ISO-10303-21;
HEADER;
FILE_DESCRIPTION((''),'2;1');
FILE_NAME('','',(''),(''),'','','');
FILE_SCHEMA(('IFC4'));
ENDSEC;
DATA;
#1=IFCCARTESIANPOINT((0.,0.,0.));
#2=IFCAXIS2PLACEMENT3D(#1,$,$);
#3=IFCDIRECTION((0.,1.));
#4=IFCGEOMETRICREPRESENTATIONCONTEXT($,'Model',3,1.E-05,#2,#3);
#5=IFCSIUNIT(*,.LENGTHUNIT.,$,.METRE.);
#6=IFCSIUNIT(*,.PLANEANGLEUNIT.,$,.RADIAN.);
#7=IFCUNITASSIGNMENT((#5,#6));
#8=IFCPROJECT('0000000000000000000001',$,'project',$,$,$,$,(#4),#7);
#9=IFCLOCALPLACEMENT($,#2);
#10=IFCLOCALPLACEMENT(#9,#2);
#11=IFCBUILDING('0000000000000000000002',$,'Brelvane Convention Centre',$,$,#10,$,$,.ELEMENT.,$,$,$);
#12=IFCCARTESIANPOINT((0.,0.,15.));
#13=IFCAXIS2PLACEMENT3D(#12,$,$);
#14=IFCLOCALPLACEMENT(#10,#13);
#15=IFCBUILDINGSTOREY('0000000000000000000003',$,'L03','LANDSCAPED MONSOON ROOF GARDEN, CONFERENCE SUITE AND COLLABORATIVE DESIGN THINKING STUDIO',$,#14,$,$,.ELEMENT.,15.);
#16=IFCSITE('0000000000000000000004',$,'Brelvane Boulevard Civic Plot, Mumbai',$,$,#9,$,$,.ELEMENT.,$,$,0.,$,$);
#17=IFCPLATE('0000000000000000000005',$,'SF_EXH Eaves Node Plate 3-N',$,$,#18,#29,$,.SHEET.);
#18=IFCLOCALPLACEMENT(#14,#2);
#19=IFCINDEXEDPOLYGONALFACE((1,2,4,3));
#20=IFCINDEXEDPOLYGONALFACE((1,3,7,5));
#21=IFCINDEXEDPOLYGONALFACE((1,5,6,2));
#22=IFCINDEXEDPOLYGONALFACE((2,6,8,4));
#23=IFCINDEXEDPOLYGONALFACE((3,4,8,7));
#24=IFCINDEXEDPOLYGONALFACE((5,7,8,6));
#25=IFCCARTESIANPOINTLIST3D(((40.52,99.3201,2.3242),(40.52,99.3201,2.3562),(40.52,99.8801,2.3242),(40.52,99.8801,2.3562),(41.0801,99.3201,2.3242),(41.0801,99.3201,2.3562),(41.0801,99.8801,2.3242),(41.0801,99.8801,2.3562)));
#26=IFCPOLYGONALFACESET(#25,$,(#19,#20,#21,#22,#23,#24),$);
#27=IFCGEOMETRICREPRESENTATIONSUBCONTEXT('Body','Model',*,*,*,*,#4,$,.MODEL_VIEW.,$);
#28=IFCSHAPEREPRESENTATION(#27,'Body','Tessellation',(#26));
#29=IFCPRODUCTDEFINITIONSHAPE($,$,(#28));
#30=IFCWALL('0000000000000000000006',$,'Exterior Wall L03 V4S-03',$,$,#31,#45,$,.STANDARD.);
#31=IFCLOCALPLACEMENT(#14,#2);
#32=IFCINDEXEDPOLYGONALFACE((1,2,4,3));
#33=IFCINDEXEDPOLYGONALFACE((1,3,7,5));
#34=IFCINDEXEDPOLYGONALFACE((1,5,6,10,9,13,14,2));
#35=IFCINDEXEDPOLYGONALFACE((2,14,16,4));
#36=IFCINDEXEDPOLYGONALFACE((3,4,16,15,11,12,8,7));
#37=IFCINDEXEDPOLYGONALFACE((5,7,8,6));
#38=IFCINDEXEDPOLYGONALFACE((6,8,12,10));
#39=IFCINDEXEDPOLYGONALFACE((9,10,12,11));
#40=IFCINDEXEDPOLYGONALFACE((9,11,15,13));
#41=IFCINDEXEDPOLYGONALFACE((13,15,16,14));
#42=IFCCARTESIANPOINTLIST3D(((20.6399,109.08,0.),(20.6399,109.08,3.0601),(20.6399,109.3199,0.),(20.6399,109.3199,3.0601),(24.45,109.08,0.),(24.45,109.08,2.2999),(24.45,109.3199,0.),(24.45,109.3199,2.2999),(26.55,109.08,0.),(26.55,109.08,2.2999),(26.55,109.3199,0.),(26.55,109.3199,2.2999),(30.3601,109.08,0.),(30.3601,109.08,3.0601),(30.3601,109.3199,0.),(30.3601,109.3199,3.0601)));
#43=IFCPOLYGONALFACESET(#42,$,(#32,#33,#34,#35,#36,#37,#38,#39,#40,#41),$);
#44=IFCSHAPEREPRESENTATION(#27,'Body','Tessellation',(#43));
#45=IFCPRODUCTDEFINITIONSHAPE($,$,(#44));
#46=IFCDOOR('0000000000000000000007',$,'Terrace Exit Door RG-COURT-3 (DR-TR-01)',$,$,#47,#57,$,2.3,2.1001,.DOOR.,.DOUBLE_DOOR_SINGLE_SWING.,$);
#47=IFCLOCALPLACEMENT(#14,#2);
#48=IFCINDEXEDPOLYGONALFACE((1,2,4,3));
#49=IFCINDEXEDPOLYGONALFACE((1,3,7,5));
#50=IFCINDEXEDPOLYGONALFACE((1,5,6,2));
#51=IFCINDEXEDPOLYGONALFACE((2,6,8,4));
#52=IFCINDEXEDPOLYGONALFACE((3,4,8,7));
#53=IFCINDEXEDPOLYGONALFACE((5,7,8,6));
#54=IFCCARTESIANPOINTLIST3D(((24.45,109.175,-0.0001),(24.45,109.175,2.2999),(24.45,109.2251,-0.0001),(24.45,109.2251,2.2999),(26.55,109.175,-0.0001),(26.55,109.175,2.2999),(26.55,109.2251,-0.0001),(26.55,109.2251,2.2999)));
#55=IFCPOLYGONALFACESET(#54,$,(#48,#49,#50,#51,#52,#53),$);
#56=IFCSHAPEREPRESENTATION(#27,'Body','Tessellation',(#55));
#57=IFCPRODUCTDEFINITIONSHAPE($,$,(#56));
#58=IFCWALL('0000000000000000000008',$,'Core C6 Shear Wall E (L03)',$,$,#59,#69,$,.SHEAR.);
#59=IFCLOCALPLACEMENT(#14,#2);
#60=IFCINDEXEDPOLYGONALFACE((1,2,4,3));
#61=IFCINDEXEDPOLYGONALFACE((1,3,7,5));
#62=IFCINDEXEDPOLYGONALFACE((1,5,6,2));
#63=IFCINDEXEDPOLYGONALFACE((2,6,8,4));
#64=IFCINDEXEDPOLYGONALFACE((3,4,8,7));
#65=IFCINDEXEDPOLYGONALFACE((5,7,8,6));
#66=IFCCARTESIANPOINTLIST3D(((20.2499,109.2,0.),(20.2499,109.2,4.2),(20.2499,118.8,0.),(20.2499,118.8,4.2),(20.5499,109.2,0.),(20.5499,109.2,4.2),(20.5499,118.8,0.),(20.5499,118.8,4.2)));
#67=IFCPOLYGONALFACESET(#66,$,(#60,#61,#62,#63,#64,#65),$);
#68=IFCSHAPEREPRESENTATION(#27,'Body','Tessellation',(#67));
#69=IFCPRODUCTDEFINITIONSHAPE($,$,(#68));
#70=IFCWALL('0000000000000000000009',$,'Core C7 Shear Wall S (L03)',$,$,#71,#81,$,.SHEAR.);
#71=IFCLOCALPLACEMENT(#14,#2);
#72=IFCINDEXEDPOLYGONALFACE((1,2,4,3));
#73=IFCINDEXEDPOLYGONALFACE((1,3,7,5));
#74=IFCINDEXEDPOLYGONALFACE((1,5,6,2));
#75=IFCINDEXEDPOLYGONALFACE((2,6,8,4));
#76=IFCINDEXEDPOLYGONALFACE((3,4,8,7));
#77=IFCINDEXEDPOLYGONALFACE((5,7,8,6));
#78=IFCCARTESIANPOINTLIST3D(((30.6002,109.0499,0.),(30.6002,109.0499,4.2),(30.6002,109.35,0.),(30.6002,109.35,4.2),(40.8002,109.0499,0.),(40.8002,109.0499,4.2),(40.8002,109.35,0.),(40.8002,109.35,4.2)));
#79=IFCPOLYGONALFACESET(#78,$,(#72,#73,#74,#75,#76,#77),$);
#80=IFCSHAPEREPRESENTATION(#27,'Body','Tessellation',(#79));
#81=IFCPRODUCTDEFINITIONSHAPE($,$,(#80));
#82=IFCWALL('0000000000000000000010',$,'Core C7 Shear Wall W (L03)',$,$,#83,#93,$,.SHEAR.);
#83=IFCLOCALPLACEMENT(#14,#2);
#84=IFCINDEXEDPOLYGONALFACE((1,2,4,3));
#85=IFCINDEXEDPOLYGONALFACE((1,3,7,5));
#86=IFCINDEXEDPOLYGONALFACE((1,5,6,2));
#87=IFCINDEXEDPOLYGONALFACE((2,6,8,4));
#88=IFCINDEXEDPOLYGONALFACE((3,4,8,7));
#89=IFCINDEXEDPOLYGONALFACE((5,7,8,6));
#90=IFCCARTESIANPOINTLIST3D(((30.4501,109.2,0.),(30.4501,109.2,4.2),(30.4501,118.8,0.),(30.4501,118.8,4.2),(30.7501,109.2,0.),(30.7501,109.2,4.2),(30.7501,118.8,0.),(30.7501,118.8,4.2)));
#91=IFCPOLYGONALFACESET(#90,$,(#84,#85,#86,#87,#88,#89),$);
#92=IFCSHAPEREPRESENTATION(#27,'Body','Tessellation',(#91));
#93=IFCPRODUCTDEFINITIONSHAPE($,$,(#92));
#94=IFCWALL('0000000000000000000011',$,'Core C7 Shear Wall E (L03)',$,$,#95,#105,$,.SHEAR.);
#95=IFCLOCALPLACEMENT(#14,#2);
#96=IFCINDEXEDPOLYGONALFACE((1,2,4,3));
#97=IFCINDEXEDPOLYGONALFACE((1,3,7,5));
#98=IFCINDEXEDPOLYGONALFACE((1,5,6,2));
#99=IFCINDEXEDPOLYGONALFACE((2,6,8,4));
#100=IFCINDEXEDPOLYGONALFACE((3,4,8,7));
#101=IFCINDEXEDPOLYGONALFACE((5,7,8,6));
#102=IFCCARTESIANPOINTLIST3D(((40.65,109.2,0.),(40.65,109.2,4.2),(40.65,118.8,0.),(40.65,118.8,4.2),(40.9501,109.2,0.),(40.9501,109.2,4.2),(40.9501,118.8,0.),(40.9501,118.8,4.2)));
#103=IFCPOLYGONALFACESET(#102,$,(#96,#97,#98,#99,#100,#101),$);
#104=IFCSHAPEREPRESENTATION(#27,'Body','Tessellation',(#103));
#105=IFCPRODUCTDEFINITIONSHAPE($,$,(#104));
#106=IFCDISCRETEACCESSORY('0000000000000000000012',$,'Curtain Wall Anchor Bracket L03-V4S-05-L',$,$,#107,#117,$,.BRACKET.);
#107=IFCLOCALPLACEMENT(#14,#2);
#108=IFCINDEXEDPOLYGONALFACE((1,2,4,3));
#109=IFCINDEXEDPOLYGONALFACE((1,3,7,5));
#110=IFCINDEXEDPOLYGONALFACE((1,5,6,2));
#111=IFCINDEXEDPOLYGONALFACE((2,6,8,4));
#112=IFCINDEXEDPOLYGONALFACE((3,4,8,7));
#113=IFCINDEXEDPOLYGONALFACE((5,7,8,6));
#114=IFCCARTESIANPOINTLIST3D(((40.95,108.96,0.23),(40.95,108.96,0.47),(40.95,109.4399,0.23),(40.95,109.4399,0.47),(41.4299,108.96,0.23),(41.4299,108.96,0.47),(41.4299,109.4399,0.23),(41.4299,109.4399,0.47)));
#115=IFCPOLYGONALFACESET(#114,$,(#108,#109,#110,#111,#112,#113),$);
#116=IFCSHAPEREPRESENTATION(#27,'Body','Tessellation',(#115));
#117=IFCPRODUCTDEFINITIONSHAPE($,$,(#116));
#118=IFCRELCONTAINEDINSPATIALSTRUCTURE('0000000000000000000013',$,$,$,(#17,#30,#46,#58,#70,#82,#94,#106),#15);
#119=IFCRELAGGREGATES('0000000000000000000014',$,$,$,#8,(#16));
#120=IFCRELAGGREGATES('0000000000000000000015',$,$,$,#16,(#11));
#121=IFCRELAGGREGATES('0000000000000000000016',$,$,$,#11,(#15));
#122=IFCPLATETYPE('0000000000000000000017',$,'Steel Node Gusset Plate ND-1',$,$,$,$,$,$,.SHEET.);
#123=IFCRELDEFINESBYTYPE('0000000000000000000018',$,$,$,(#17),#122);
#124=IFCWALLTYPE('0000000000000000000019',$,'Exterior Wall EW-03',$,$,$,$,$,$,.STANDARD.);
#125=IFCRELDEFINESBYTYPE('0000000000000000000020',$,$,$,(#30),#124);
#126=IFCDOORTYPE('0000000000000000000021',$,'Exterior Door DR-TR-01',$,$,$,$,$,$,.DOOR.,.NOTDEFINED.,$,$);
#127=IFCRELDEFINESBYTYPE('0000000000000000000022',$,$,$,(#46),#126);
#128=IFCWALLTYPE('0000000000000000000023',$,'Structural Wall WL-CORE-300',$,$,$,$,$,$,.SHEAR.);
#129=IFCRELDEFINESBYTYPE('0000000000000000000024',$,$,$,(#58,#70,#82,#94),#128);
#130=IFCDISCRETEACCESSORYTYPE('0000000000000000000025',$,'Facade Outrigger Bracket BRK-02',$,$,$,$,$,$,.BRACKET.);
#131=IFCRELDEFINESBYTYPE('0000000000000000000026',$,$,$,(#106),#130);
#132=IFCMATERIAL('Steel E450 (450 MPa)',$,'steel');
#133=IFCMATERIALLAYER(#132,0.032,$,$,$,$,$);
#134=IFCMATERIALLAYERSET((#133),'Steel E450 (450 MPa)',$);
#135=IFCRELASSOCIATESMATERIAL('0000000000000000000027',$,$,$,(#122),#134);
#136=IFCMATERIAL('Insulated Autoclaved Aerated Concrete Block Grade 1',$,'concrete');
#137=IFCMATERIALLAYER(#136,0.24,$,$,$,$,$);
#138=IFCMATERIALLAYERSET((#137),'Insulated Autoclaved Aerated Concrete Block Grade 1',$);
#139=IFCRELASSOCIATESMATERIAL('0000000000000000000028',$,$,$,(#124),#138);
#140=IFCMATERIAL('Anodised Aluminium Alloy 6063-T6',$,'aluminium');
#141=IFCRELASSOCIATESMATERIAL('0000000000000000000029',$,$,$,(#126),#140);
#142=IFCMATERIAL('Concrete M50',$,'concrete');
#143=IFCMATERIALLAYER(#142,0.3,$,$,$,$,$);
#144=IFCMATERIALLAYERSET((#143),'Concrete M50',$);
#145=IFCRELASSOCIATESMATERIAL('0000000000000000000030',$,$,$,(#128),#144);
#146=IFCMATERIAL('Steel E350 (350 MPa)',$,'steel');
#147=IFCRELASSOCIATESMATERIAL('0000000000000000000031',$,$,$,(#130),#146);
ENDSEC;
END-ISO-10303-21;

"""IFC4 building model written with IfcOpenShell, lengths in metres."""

from ifc_helpers import new_model, si_unit, direction, frame, frame_2d, origin, origin_2d, place, context, subcontext, project, spatial, rectangle, extrude, material, layer, layer_set, type_object, element, fill, save


model = new_model("IFC4")

# Units and contexts
model_context = context("Model", 3, precision=1e-05, world=origin(), true_north=direction((0.0, 1.0)))
body_context = subcontext(model_context, "Body", "Model", "MODEL_VIEW")
ifc_project = project(units=[si_unit("LENGTHUNIT", "METRE"), si_unit("PLANEANGLEUNIT", "RADIAN")], contexts=[model_context])

# Site, building, storey
site_placement = place(None, origin())
site = spatial("IfcSite", under=ifc_project, at=site_placement, Name="Brelvane Boulevard Civic Plot, Mumbai", CompositionType="ELEMENT", RefElevation=0.0)
building_placement = place(site_placement, origin())
building = spatial("IfcBuilding", under=site, at=building_placement, Name="Brelvane Convention Centre", CompositionType="ELEMENT")
storey_placement = place(building_placement, frame((0.0, 0.0, 15.0)))
storey = spatial("IfcBuildingStorey", under=building, at=storey_placement, Name="L03", Description="LANDSCAPED MONSOON ROOF GARDEN, CONFERENCE SUITE AND COLLABORATIVE DESIGN THINKING STUDIO", CompositionType="ELEMENT", Elevation=15.0)

# Plate
ifc_material_1 = material(Name="Steel E450 (450 MPa)", Category="steel")
ifc_layer_1 = layer(ifc_material_1, 0.032)
ifc_layer_set_1 = layer_set([ifc_layer_1], Name="Steel E450 (450 MPa)")
plate_type = type_object("IfcPlateType", Name="Steel Node Gusset Plate ND-1", PredefinedType="SHEET", material=ifc_layer_set_1)
for number, where, z_axis, x_axis, name in (
    (1, (40.8, 99.6001, 2.3242), (0.0, 0.0, 1.0), (1.0, 0.0, 0.0), "SF_EXH Eaves Node Plate 3-N"),
):
    element("IfcPlate", number, at=place(storey_placement, frame(where, z_axis=z_axis, x_axis=x_axis)), inside=storey, type_object=plate_type, Name=name, PredefinedType="SHEET", context=body_context, shape_type="SweptSolid", body=[
        extrude(rectangle(XDim=0.5601, YDim=0.5601, at=origin_2d()), origin(), (0.0, 0.0, 1.0), 0.032),
    ])

# Wall, opening, door
ifc_material_2 = material(Name="Insulated Autoclaved Aerated Concrete Block Grade 1", Category="concrete")
ifc_layer_2 = layer(ifc_material_2, 0.24)
ifc_layer_set_2 = layer_set([ifc_layer_2], Name="Insulated Autoclaved Aerated Concrete Block Grade 1")
wall_type_1 = type_object("IfcWallType", Name="Exterior Wall EW-03", PredefinedType="STANDARD", material=ifc_layer_set_2)
wall_1_placement = place(storey_placement, frame((20.6399, 109.2, 0.0), z_axis=(0.0, 0.0, 1.0), x_axis=(1.0, 0.0, 0.0)))
wall_1 = element("IfcWall", 2, at=wall_1_placement, inside=storey, type_object=wall_type_1, Name="Exterior Wall L03 V4S-03", PredefinedType="STANDARD", context=body_context, shape_type="SweptSolid", body=[
    extrude(rectangle(XDim=9.7202, YDim=0.24, at=frame_2d((4.8601, 0.0))), origin(), (0.0, 0.0, 1.0), 3.0601),
])
opening_placement = place(wall_1_placement, frame((3.8101, 0.0, 0.0)))
opening = element("IfcOpeningElement", 3, at=opening_placement, cuts=wall_1, PredefinedType="OPENING", context=body_context, shape_type="SweptSolid", body=[
    extrude(rectangle(XDim=2.1001, YDim=2.3, at=frame_2d((1.05, 1.1499))), frame((0.0, 0.1299, 0.0), z_axis=(0.0, -1.0, 0.0), x_axis=(1.0, 0.0, 0.0)), (0.0, 0.0, 1.0), 0.26),
])
ifc_material_3 = material(Name="Anodised Aluminium Alloy 6063-T6", Category="aluminium")
door_type = type_object("IfcDoorType", Name="Exterior Door DR-TR-01", OperationType="NOTDEFINED", PredefinedType="DOOR", material=ifc_material_3)
door_placement = place(opening_placement, frame((2.1001, 0.0, 0.0), z_axis=(0.0, 0.0, 1.0), x_axis=(-1.0, 0.0, 0.0)))
door = element("IfcDoor", 4, at=door_placement, inside=storey, type_object=door_type, Name="Terrace Exit Door RG-COURT-3 (DR-TR-01)", OperationType="DOUBLE_DOOR_SINGLE_SWING", OverallHeight=2.3, OverallWidth=2.1001, PredefinedType="DOOR", context=body_context, shape_type="SweptSolid", body=[
    extrude(rectangle(XDim=2.1001, YDim=2.3, at=frame_2d((1.05, 1.1499))), frame((0.0, 0.0249, 0.0), z_axis=(0.0, -1.0, 0.0), x_axis=(1.0, 0.0, 0.0)), (0.0, 0.0, 1.0), 0.05),
])
fill(opening, door)

# Walls
ifc_material_4 = material(Name="Concrete M50", Category="concrete")
ifc_layer_3 = layer(ifc_material_4, 0.3)
ifc_layer_set_3 = layer_set([ifc_layer_3], Name="Concrete M50")
wall_type_2 = type_object("IfcWallType", Name="Structural Wall WL-CORE-300", PredefinedType="SHEAR", material=ifc_layer_set_3)
wall_2_placement = place(storey_placement, frame((20.3999, 109.2, 0.0), z_axis=(0.0, 0.0, 1.0), x_axis=(0.0, 1.0, 0.0)))
element("IfcWall", 5, at=wall_2_placement, inside=storey, type_object=wall_type_2, Name="Core C6 Shear Wall E (L03)", PredefinedType="SHEAR", context=body_context, shape_type="SweptSolid", body=[
    extrude(rectangle(XDim=9.6001, YDim=0.3, at=frame_2d((4.8, 0.0))), origin(), (0.0, 0.0, 1.0), 4.2),
])
wall_3_placement = place(storey_placement, frame((30.6001, 109.2, 0.0), z_axis=(0.0, 0.0, 1.0), x_axis=(1.0, 0.0, 0.0)))
element("IfcWall", 6, at=wall_3_placement, inside=storey, type_object=wall_type_2, Name="Core C7 Shear Wall S (L03)", PredefinedType="SHEAR", context=body_context, shape_type="SweptSolid", body=[
    extrude(rectangle(XDim=10.2, YDim=0.3, at=frame_2d((5.1001, 0.0))), origin(), (0.0, 0.0, 1.0), 4.2),
])
for number, where, z_axis, x_axis, name in (
    (7, (30.6001, 109.2, 0.0), (0.0, 0.0, 1.0), (0.0, 1.0, 0.0), "Core C7 Shear Wall W (L03)"),
    (8, (40.8, 109.2, 0.0), (0.0, 0.0, 1.0), (0.0, 1.0, 0.0), "Core C7 Shear Wall E (L03)"),
):
    element("IfcWall", number, at=place(storey_placement, frame(where, z_axis=z_axis, x_axis=x_axis)), inside=storey, type_object=wall_type_2, Name=name, PredefinedType="SHEAR", context=body_context, shape_type="SweptSolid", body=[
        extrude(rectangle(XDim=9.6001, YDim=0.3, at=frame_2d((4.8, 0.0))), origin(), (0.0, 0.0, 1.0), 4.2),
    ])

# Discrete accessory
ifc_material_5 = material(Name="Steel E350 (350 MPa)", Category="steel")
discrete_accessory_type = type_object("IfcDiscreteAccessoryType", Name="Facade Outrigger Bracket BRK-02", PredefinedType="BRACKET", material=ifc_material_5)
discrete_accessory_placement = place(storey_placement, frame((41.1899, 109.2, 0.23), z_axis=(0.0, 0.0, 1.0), x_axis=(1.0, 0.0, 0.0)))
element("IfcDiscreteAccessory", 9, at=discrete_accessory_placement, inside=storey, type_object=discrete_accessory_type, Name="Curtain Wall Anchor Bracket L03-V4S-05-L", PredefinedType="BRACKET", context=body_context, shape_type="SweptSolid", body=[
    extrude(rectangle(XDim=0.48, YDim=0.48, at=origin_2d()), origin(), (0.0, 0.0, 1.0), 0.24),
])

save(model, "model.ifc")
